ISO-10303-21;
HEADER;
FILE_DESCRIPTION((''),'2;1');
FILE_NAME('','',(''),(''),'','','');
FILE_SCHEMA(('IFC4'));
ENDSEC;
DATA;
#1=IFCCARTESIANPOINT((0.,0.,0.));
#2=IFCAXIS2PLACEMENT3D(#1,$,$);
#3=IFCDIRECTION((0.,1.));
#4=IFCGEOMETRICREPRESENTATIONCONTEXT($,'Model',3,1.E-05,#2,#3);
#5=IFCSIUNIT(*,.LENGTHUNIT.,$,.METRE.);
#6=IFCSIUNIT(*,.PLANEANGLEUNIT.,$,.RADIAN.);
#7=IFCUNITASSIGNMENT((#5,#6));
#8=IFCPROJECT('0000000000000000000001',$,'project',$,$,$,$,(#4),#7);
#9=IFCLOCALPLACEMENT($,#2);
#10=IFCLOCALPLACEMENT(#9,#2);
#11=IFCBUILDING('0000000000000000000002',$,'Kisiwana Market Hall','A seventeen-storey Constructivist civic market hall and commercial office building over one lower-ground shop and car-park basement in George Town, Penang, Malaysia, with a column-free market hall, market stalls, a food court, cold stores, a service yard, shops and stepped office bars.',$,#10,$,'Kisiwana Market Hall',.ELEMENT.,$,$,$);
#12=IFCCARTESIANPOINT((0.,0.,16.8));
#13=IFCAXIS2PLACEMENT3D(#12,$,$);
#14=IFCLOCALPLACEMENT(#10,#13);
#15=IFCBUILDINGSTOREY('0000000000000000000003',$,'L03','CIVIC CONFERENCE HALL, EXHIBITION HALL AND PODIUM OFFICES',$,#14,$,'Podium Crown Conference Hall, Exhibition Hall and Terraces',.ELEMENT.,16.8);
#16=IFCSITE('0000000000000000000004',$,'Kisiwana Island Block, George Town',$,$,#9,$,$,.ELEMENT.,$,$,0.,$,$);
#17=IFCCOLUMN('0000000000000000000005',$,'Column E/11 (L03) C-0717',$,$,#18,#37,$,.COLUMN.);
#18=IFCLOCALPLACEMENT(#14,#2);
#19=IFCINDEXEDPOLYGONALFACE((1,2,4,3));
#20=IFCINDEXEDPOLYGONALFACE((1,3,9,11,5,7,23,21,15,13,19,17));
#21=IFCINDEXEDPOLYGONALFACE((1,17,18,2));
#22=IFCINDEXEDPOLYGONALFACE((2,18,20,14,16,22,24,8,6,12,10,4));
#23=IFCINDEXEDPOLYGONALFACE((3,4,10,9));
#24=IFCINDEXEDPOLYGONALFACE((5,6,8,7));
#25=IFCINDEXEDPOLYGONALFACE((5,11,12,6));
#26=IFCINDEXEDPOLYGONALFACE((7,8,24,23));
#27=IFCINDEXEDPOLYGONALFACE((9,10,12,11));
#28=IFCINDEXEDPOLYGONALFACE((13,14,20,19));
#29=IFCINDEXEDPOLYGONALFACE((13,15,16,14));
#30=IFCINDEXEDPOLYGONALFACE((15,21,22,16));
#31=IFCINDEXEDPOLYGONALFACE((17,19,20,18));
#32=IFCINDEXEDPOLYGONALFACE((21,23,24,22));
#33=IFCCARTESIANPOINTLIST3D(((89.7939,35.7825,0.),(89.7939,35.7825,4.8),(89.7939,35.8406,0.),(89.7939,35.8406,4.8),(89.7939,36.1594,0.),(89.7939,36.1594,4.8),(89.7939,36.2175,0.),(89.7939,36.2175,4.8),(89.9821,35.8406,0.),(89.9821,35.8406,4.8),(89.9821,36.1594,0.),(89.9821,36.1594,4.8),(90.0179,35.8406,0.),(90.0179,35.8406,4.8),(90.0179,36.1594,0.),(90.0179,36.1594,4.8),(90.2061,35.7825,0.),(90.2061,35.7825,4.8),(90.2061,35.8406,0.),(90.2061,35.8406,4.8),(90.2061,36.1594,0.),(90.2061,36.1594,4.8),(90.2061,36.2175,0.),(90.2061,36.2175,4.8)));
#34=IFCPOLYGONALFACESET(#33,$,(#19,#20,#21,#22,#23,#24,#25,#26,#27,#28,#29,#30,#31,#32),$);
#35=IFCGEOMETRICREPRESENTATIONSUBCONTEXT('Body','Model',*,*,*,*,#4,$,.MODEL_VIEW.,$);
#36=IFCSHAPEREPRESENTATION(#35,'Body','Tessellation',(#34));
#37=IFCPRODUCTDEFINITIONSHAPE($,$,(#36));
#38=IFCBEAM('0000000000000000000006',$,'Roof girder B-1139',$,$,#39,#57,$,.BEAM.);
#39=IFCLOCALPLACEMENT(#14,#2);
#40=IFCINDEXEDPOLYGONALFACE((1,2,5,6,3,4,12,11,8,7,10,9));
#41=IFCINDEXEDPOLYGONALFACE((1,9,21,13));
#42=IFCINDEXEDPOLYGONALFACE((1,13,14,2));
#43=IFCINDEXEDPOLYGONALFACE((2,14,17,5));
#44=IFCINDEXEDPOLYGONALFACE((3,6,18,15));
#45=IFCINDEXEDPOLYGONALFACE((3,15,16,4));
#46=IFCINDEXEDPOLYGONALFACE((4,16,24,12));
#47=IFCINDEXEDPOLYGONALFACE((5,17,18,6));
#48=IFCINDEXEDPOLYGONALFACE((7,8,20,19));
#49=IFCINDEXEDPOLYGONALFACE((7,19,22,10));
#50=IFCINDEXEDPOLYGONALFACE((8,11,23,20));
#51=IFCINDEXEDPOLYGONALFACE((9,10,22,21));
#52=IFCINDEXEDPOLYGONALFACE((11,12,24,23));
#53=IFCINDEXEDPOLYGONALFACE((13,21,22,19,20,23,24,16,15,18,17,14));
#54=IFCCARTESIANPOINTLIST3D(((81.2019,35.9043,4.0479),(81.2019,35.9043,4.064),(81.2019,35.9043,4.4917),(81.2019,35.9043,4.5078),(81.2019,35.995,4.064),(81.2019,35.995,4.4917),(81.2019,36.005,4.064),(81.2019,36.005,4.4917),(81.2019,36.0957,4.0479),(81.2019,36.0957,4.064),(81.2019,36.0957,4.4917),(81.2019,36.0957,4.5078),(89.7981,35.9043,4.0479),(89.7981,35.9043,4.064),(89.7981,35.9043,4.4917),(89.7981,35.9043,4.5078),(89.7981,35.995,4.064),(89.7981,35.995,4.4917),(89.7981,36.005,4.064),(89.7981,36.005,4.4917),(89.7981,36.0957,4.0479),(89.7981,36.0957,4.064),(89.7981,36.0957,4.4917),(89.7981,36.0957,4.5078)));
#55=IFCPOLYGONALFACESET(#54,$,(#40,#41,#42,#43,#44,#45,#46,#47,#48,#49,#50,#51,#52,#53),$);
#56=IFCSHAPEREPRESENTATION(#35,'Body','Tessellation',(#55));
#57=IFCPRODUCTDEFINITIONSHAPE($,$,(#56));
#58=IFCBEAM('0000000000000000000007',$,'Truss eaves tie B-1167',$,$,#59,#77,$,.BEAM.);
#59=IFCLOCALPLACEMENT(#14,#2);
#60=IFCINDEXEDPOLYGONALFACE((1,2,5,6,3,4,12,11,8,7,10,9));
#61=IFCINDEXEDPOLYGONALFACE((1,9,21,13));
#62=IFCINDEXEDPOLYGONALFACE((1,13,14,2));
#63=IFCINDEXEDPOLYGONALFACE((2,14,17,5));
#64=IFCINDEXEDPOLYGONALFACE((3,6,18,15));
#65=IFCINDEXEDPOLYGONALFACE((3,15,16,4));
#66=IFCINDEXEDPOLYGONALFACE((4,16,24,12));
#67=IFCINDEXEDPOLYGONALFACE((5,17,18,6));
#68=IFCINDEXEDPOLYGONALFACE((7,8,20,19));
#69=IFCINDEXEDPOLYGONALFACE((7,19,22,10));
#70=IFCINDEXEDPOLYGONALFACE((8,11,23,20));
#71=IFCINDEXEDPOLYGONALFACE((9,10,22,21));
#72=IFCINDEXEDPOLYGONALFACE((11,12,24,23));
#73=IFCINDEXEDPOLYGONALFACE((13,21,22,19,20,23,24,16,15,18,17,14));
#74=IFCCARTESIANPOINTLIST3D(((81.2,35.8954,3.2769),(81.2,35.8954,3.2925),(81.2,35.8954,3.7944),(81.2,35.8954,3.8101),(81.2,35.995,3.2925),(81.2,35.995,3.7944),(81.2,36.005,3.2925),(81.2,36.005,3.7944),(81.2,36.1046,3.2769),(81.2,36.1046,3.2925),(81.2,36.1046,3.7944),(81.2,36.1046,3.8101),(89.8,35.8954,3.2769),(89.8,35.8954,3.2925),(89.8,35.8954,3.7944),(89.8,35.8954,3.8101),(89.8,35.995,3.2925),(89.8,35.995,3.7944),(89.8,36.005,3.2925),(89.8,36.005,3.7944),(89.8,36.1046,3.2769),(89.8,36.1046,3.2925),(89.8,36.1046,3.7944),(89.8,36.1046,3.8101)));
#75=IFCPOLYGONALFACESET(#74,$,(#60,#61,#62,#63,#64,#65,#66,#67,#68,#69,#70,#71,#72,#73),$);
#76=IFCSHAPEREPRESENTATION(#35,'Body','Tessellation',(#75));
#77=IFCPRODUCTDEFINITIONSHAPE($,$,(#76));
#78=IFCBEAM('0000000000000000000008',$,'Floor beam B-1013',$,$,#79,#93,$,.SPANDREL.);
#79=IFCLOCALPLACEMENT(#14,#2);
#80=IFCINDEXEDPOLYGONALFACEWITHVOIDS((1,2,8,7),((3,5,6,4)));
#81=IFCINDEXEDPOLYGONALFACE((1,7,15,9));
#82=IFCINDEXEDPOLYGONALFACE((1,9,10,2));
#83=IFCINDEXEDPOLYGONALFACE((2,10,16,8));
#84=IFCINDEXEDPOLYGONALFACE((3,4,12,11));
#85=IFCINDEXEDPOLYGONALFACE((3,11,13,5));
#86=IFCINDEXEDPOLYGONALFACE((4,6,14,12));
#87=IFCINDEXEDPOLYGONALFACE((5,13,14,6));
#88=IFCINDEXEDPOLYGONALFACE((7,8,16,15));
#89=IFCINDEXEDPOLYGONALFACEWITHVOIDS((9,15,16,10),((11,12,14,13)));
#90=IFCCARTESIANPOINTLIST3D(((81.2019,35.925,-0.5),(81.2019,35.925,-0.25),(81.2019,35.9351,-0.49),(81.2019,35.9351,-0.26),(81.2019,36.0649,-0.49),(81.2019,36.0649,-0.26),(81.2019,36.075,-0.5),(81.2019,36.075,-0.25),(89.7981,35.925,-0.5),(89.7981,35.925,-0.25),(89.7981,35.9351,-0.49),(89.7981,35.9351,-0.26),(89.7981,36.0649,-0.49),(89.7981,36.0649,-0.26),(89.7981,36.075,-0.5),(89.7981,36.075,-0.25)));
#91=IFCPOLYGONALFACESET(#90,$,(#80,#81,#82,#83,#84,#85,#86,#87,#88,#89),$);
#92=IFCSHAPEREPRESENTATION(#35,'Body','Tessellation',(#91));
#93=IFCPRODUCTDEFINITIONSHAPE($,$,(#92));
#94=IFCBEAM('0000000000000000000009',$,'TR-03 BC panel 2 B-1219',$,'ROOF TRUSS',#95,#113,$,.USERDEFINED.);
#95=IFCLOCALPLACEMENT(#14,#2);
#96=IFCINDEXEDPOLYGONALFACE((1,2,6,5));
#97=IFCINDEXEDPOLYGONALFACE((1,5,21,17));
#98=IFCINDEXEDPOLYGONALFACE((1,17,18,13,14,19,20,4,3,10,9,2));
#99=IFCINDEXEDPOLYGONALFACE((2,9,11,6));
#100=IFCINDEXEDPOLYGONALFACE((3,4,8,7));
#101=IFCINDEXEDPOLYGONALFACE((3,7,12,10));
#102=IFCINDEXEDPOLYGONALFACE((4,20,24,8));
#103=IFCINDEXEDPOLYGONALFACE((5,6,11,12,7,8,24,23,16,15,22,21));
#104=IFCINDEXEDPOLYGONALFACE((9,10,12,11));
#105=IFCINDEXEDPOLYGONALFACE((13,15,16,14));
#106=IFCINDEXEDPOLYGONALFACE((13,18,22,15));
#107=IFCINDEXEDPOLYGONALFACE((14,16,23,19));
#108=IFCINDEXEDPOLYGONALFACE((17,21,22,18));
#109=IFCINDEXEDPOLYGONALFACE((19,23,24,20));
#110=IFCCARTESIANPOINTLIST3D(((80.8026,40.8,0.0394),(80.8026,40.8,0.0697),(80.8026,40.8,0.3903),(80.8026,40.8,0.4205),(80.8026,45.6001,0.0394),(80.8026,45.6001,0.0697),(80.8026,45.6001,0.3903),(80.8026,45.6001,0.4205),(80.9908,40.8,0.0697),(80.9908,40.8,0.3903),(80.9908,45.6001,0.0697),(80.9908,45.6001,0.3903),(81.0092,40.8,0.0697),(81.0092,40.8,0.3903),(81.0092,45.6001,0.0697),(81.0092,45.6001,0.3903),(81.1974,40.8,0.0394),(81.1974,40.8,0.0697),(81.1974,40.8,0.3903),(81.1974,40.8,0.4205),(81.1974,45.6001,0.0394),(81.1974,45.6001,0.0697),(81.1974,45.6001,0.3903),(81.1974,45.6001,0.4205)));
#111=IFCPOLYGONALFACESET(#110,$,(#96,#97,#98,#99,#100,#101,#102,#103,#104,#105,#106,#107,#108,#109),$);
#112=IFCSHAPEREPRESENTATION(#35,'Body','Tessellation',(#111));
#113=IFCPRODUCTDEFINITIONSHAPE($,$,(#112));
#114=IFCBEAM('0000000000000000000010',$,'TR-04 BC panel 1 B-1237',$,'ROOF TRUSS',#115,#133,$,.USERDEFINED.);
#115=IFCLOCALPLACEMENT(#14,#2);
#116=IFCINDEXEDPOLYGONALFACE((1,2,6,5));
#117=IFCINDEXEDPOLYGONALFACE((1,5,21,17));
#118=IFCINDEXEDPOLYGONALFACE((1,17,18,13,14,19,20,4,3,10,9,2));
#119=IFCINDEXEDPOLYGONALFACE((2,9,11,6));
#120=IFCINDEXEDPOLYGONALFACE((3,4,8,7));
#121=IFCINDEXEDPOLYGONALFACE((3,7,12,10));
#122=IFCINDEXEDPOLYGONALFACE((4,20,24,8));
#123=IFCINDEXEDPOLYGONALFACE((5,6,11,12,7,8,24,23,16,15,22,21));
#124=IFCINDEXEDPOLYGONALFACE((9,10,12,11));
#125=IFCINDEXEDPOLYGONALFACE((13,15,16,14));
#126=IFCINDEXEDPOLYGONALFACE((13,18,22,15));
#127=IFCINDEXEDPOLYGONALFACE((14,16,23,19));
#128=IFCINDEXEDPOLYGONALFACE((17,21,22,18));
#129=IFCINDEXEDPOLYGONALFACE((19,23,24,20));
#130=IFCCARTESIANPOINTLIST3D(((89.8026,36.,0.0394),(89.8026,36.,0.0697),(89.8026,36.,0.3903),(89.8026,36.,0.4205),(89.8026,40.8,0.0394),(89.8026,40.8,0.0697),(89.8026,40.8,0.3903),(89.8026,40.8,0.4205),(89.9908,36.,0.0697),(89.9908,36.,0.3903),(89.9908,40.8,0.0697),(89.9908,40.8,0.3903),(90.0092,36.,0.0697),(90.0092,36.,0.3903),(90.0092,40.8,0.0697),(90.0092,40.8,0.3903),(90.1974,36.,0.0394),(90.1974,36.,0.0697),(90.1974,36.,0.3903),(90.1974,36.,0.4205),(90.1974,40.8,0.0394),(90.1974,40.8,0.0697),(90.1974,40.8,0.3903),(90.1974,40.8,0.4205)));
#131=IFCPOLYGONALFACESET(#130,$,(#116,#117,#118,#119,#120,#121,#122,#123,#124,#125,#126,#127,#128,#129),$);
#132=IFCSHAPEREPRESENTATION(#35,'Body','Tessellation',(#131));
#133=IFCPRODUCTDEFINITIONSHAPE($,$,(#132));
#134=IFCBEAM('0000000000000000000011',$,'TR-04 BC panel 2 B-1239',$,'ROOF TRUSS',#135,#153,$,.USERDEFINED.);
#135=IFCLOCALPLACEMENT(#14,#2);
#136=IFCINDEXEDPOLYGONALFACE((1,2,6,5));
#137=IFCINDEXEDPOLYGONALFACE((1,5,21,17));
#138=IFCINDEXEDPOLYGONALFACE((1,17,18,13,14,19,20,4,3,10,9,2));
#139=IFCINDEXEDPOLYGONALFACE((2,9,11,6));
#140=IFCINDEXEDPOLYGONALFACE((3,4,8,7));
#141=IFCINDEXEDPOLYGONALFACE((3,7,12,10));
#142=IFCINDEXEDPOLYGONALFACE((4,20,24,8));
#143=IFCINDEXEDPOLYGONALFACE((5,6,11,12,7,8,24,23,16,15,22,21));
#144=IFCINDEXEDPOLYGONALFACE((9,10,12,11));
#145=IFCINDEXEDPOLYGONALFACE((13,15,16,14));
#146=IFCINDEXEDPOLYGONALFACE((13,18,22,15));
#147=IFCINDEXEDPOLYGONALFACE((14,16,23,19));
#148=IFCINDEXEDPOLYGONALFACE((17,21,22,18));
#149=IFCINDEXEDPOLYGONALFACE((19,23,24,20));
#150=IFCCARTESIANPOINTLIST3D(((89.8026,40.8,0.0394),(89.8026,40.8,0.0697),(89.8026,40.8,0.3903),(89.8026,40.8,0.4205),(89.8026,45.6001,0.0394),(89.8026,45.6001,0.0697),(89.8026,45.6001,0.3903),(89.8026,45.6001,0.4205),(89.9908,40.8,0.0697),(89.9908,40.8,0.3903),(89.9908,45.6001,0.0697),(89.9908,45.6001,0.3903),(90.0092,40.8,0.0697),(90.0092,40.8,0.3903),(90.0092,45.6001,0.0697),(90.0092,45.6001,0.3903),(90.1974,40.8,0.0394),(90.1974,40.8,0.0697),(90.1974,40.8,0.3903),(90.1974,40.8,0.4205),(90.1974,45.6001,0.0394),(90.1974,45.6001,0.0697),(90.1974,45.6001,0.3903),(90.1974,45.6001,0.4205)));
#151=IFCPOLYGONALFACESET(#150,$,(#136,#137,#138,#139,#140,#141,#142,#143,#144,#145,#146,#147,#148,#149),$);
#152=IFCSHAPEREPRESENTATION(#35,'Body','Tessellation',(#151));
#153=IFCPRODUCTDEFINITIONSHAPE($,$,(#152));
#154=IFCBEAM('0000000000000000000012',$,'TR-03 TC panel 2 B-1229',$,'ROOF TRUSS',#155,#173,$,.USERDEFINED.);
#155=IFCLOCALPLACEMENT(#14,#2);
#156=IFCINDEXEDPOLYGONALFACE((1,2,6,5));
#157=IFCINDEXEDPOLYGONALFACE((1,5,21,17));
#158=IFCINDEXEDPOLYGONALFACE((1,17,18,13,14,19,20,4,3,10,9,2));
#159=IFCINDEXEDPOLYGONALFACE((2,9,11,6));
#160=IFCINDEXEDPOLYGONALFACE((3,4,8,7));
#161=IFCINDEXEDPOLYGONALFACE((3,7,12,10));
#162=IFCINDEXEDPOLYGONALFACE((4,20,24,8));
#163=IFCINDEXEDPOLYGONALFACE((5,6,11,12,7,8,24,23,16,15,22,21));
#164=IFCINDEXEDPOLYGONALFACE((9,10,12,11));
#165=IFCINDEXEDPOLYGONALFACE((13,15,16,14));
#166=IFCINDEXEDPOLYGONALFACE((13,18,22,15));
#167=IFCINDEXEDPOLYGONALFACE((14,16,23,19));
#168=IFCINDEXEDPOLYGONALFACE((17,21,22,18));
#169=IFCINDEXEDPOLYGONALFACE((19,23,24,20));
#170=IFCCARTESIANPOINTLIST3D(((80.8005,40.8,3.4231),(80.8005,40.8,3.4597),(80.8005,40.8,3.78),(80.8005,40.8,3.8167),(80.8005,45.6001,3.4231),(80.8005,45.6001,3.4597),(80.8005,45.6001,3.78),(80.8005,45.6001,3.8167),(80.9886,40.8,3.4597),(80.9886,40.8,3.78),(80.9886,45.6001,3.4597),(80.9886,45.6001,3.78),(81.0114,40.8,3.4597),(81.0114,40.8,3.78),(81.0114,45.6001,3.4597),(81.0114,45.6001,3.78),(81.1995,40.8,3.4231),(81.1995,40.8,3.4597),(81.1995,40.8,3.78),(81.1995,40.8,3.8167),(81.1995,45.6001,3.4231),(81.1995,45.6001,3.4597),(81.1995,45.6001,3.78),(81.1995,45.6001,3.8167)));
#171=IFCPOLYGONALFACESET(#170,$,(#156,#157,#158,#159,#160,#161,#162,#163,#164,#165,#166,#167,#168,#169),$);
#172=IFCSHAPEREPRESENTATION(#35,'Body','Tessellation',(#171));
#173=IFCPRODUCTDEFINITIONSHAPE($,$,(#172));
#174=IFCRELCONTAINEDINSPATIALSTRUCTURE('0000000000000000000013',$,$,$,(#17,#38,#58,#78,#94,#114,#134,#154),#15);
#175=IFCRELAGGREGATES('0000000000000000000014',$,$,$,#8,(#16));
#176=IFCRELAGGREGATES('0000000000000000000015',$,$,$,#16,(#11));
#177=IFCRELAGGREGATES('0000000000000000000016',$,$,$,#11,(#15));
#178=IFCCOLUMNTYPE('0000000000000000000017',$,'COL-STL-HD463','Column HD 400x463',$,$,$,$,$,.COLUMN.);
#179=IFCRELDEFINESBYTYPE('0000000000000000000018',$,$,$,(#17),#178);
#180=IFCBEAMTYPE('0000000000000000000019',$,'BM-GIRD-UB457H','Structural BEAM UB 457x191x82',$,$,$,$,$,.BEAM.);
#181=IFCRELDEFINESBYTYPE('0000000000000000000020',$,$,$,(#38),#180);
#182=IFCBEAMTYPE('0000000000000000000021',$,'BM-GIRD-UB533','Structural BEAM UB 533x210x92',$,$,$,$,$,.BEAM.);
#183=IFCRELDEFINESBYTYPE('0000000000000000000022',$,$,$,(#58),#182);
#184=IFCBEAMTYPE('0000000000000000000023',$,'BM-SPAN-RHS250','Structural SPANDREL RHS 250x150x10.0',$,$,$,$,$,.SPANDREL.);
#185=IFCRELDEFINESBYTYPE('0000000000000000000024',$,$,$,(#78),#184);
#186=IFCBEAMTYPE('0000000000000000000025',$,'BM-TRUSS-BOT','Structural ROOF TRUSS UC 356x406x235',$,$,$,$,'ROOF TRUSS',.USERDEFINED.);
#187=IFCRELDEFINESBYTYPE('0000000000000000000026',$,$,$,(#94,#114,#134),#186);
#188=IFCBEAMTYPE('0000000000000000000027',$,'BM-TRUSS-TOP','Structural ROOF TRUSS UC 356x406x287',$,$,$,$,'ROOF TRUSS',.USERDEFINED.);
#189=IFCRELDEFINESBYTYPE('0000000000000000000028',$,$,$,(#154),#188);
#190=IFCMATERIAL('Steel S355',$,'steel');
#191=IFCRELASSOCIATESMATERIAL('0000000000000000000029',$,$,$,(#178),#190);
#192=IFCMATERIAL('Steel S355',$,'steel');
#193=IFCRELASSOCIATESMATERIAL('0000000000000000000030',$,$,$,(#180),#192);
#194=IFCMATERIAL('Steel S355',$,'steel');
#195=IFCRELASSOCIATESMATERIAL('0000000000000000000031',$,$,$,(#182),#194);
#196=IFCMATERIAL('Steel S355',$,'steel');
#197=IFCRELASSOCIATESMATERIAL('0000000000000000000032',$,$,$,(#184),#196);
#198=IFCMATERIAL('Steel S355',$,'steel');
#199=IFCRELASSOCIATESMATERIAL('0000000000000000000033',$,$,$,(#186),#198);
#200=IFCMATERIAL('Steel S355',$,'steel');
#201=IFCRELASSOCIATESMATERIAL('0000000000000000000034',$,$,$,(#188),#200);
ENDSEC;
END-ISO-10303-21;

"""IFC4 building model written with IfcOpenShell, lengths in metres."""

from ifc_helpers import new_model, si_unit, direction, frame, origin, origin_2d, place, context, subcontext, project, spatial, hollow_rectangle, i_section, extrude, material, material_profile, profile_set, type_object, element, save


model = new_model("IFC4")

# Units and contexts
model_context = context("Model", 3, precision=1e-05, world=origin(), true_north=direction((0.0, 1.0)))
body_context = subcontext(model_context, "Body", "Model", "MODEL_VIEW")
ifc_project = project(units=[si_unit("LENGTHUNIT", "METRE"), si_unit("PLANEANGLEUNIT", "RADIAN")], contexts=[model_context])

# Site, building, storey
site_placement = place(None, origin())
site = spatial("IfcSite", under=ifc_project, at=site_placement, Name="Kisiwana Island Block, George Town", CompositionType="ELEMENT", RefElevation=0.0)
building_placement = place(site_placement, origin())
building = spatial("IfcBuilding", under=site, at=building_placement, Name="Kisiwana Market Hall", Description="A seventeen-storey Constructivist civic market hall and commercial office building over one lower-ground shop and car-park basement in George Town, Penang, Malaysia, with a column-free market hall, market stalls, a food court, cold stores, a service yard, shops and stepped office bars.", LongName="Kisiwana Market Hall", CompositionType="ELEMENT")
storey_placement = place(building_placement, frame((0.0, 0.0, 16.8)))
storey = spatial("IfcBuildingStorey", under=building, at=storey_placement, Name="L03", Description="CIVIC CONFERENCE HALL, EXHIBITION HALL AND PODIUM OFFICES", LongName="Podium Crown Conference Hall, Exhibition Hall and Terraces", CompositionType="ELEMENT", Elevation=16.8)

# Column
ifc_material_1 = material(Name="Steel S355", Category="steel")
ifc_material_profile_1 = material_profile(ifc_material_1, i_section(OverallWidth=0.4121, OverallDepth=0.4351, WebThickness=0.0359, FlangeThickness=0.0581, at=origin_2d()), Name="HD 400x463")
ifc_profile_set_1 = profile_set([ifc_material_profile_1], Name="Steel S355")
column_type = type_object("IfcColumnType", Name="COL-STL-HD463", Description="Column HD 400x463", PredefinedType="COLUMN", material=ifc_profile_set_1)
column_placement = place(storey_placement, frame((90.0, 36.0, 0.0), z_axis=(0.0, 0.0, 1.0), x_axis=(1.0, 0.0, 0.0)))
element("IfcColumn", 1, at=column_placement, inside=storey, type_object=column_type, Name="Column E/11 (L03) C-0717", PredefinedType="COLUMN", context=body_context, shape_type="SweptSolid", body=[
    extrude(i_section(OverallWidth=0.4121, OverallDepth=0.4351, WebThickness=0.0359, FlangeThickness=0.0581, at=origin_2d()), origin(), (0.0, 0.0, 1.0), 4.8),
])

# Beams
ifc_material_2 = material(Name="Steel S355", Category="steel")
ifc_material_profile_2 = material_profile(ifc_material_2, i_section(OverallWidth=0.1914, OverallDepth=0.46, WebThickness=0.01, FlangeThickness=0.0161, at=origin_2d()), Name="UB 457x191x82")
ifc_profile_set_2 = profile_set([ifc_material_profile_2], Name="Steel S355")
beam_type_1 = type_object("IfcBeamType", Name="BM-GIRD-UB457H", Description="Structural BEAM UB 457x191x82", PredefinedType="BEAM", material=ifc_profile_set_2)
beam_1_placement = place(storey_placement, frame((81.2019, 36.0, 4.2778), z_axis=(1.0, 0.0, 0.0), x_axis=(0.0, 1.0, 0.0)))
element("IfcBeam", 2, at=beam_1_placement, inside=storey, type_object=beam_type_1, Name="Roof girder B-1139", PredefinedType="BEAM", context=body_context, shape_type="SweptSolid", body=[
    extrude(i_section(OverallWidth=0.1914, OverallDepth=0.46, WebThickness=0.01, FlangeThickness=0.0161, at=origin_2d()), origin(), (0.0, 0.0, 1.0), 8.5962),
])
ifc_material_3 = material(Name="Steel S355", Category="steel")
ifc_material_profile_3 = material_profile(ifc_material_3, i_section(OverallWidth=0.2092, OverallDepth=0.5332, WebThickness=0.01, FlangeThickness=0.0156, at=origin_2d()), Name="UB 533x210x92")
ifc_profile_set_3 = profile_set([ifc_material_profile_3], Name="Steel S355")
beam_type_2 = type_object("IfcBeamType", Name="BM-GIRD-UB533", Description="Structural BEAM UB 533x210x92", PredefinedType="BEAM", material=ifc_profile_set_3)
beam_2_placement = place(storey_placement, frame((81.2, 36.0, 3.5435), z_axis=(1.0, 0.0, 0.0), x_axis=(0.0, 1.0, 0.0)))
element("IfcBeam", 3, at=beam_2_placement, inside=storey, type_object=beam_type_2, Name="Truss eaves tie B-1167", PredefinedType="BEAM", context=body_context, shape_type="SweptSolid", body=[
    extrude(i_section(OverallWidth=0.2092, OverallDepth=0.5332, WebThickness=0.01, FlangeThickness=0.0156, at=origin_2d()), origin(), (0.0, 0.0, 1.0), 8.6001),
])
ifc_material_4 = material(Name="Steel S355", Category="steel")
ifc_material_profile_4 = material_profile(ifc_material_4, hollow_rectangle(XDim=0.1499, YDim=0.25, WallThickness=0.01, at=origin_2d()), Name="RHS 250x150x10.0")
ifc_profile_set_4 = profile_set([ifc_material_profile_4], Name="Steel S355")
beam_type_3 = type_object("IfcBeamType", Name="BM-SPAN-RHS250", Description="Structural SPANDREL RHS 250x150x10.0", PredefinedType="SPANDREL", material=ifc_profile_set_4)
beam_3_placement = place(storey_placement, frame((81.2019, 36.0, -0.375), z_axis=(1.0, 0.0, 0.0), x_axis=(0.0, 1.0, 0.0)))
element("IfcBeam", 4, at=beam_3_placement, inside=storey, type_object=beam_type_3, Name="Floor beam B-1013", PredefinedType="SPANDREL", context=body_context, shape_type="SweptSolid", body=[
    extrude(hollow_rectangle(XDim=0.1499, YDim=0.25, WallThickness=0.01, at=origin_2d()), origin(), (0.0, 0.0, 1.0), 8.5962),
])
ifc_material_5 = material(Name="Steel S355", Category="steel")
ifc_material_profile_5 = material_profile(ifc_material_5, i_section(OverallWidth=0.3948, OverallDepth=0.3811, WebThickness=0.0183, FlangeThickness=0.0303, at=origin_2d()), Name="UC 356x406x235")
ifc_profile_set_5 = profile_set([ifc_material_profile_5], Name="Steel S355")
beam_type_4 = type_object("IfcBeamType", Name="BM-TRUSS-BOT", Description="Structural ROOF TRUSS UC 356x406x235", ElementType="ROOF TRUSS", PredefinedType="USERDEFINED", material=ifc_profile_set_5)
for number, where, z_axis, x_axis, name in (
    (5, (81.0, 40.8, 0.23), (0.0, 1.0, 0.0), (-1.0, 0.0, 0.0), "TR-03 BC panel 2 B-1219"),
    (6, (90.0, 36.0, 0.23), (0.0, 1.0, 0.0), (-1.0, 0.0, 0.0), "TR-04 BC panel 1 B-1237"),
    (7, (90.0, 40.8, 0.23), (0.0, 1.0, 0.0), (-1.0, 0.0, 0.0), "TR-04 BC panel 2 B-1239"),
):
    element("IfcBeam", number, at=place(storey_placement, frame(where, z_axis=z_axis, x_axis=x_axis)), inside=storey, type_object=beam_type_4, Name=name, ObjectType="ROOF TRUSS", PredefinedType="USERDEFINED", context=body_context, shape_type="SweptSolid", body=[
        extrude(i_section(OverallWidth=0.3948, OverallDepth=0.3811, WebThickness=0.0183, FlangeThickness=0.0303, at=origin_2d()), origin(), (0.0, 0.0, 1.0), 4.8),
    ])
ifc_material_6 = material(Name="Steel S355", Category="steel")
ifc_material_profile_6 = material_profile(ifc_material_6, i_section(OverallWidth=0.3989, OverallDepth=0.3936, WebThickness=0.0227, FlangeThickness=0.0366, at=origin_2d()), Name="UC 356x406x287")
ifc_profile_set_6 = profile_set([ifc_material_profile_6], Name="Steel S355")
beam_type_5 = type_object("IfcBeamType", Name="BM-TRUSS-TOP", Description="Structural ROOF TRUSS UC 356x406x287", ElementType="ROOF TRUSS", PredefinedType="USERDEFINED", material=ifc_profile_set_6)
for number, where, z_axis, x_axis, name in (
    (8, (81.0, 40.8, 3.6199), (0.0, 1.0, 0.0), (-1.0, 0.0, 0.0), "TR-03 TC panel 2 B-1229"),
):
    element("IfcBeam", number, at=place(storey_placement, frame(where, z_axis=z_axis, x_axis=x_axis)), inside=storey, type_object=beam_type_5, Name=name, ObjectType="ROOF TRUSS", PredefinedType="USERDEFINED", context=body_context, shape_type="SweptSolid", body=[
        extrude(i_section(OverallWidth=0.3989, OverallDepth=0.3936, WebThickness=0.0227, FlangeThickness=0.0366, at=origin_2d()), origin(), (0.0, 0.0, 1.0), 4.8),
    ])

save(model, "model.ifc")
